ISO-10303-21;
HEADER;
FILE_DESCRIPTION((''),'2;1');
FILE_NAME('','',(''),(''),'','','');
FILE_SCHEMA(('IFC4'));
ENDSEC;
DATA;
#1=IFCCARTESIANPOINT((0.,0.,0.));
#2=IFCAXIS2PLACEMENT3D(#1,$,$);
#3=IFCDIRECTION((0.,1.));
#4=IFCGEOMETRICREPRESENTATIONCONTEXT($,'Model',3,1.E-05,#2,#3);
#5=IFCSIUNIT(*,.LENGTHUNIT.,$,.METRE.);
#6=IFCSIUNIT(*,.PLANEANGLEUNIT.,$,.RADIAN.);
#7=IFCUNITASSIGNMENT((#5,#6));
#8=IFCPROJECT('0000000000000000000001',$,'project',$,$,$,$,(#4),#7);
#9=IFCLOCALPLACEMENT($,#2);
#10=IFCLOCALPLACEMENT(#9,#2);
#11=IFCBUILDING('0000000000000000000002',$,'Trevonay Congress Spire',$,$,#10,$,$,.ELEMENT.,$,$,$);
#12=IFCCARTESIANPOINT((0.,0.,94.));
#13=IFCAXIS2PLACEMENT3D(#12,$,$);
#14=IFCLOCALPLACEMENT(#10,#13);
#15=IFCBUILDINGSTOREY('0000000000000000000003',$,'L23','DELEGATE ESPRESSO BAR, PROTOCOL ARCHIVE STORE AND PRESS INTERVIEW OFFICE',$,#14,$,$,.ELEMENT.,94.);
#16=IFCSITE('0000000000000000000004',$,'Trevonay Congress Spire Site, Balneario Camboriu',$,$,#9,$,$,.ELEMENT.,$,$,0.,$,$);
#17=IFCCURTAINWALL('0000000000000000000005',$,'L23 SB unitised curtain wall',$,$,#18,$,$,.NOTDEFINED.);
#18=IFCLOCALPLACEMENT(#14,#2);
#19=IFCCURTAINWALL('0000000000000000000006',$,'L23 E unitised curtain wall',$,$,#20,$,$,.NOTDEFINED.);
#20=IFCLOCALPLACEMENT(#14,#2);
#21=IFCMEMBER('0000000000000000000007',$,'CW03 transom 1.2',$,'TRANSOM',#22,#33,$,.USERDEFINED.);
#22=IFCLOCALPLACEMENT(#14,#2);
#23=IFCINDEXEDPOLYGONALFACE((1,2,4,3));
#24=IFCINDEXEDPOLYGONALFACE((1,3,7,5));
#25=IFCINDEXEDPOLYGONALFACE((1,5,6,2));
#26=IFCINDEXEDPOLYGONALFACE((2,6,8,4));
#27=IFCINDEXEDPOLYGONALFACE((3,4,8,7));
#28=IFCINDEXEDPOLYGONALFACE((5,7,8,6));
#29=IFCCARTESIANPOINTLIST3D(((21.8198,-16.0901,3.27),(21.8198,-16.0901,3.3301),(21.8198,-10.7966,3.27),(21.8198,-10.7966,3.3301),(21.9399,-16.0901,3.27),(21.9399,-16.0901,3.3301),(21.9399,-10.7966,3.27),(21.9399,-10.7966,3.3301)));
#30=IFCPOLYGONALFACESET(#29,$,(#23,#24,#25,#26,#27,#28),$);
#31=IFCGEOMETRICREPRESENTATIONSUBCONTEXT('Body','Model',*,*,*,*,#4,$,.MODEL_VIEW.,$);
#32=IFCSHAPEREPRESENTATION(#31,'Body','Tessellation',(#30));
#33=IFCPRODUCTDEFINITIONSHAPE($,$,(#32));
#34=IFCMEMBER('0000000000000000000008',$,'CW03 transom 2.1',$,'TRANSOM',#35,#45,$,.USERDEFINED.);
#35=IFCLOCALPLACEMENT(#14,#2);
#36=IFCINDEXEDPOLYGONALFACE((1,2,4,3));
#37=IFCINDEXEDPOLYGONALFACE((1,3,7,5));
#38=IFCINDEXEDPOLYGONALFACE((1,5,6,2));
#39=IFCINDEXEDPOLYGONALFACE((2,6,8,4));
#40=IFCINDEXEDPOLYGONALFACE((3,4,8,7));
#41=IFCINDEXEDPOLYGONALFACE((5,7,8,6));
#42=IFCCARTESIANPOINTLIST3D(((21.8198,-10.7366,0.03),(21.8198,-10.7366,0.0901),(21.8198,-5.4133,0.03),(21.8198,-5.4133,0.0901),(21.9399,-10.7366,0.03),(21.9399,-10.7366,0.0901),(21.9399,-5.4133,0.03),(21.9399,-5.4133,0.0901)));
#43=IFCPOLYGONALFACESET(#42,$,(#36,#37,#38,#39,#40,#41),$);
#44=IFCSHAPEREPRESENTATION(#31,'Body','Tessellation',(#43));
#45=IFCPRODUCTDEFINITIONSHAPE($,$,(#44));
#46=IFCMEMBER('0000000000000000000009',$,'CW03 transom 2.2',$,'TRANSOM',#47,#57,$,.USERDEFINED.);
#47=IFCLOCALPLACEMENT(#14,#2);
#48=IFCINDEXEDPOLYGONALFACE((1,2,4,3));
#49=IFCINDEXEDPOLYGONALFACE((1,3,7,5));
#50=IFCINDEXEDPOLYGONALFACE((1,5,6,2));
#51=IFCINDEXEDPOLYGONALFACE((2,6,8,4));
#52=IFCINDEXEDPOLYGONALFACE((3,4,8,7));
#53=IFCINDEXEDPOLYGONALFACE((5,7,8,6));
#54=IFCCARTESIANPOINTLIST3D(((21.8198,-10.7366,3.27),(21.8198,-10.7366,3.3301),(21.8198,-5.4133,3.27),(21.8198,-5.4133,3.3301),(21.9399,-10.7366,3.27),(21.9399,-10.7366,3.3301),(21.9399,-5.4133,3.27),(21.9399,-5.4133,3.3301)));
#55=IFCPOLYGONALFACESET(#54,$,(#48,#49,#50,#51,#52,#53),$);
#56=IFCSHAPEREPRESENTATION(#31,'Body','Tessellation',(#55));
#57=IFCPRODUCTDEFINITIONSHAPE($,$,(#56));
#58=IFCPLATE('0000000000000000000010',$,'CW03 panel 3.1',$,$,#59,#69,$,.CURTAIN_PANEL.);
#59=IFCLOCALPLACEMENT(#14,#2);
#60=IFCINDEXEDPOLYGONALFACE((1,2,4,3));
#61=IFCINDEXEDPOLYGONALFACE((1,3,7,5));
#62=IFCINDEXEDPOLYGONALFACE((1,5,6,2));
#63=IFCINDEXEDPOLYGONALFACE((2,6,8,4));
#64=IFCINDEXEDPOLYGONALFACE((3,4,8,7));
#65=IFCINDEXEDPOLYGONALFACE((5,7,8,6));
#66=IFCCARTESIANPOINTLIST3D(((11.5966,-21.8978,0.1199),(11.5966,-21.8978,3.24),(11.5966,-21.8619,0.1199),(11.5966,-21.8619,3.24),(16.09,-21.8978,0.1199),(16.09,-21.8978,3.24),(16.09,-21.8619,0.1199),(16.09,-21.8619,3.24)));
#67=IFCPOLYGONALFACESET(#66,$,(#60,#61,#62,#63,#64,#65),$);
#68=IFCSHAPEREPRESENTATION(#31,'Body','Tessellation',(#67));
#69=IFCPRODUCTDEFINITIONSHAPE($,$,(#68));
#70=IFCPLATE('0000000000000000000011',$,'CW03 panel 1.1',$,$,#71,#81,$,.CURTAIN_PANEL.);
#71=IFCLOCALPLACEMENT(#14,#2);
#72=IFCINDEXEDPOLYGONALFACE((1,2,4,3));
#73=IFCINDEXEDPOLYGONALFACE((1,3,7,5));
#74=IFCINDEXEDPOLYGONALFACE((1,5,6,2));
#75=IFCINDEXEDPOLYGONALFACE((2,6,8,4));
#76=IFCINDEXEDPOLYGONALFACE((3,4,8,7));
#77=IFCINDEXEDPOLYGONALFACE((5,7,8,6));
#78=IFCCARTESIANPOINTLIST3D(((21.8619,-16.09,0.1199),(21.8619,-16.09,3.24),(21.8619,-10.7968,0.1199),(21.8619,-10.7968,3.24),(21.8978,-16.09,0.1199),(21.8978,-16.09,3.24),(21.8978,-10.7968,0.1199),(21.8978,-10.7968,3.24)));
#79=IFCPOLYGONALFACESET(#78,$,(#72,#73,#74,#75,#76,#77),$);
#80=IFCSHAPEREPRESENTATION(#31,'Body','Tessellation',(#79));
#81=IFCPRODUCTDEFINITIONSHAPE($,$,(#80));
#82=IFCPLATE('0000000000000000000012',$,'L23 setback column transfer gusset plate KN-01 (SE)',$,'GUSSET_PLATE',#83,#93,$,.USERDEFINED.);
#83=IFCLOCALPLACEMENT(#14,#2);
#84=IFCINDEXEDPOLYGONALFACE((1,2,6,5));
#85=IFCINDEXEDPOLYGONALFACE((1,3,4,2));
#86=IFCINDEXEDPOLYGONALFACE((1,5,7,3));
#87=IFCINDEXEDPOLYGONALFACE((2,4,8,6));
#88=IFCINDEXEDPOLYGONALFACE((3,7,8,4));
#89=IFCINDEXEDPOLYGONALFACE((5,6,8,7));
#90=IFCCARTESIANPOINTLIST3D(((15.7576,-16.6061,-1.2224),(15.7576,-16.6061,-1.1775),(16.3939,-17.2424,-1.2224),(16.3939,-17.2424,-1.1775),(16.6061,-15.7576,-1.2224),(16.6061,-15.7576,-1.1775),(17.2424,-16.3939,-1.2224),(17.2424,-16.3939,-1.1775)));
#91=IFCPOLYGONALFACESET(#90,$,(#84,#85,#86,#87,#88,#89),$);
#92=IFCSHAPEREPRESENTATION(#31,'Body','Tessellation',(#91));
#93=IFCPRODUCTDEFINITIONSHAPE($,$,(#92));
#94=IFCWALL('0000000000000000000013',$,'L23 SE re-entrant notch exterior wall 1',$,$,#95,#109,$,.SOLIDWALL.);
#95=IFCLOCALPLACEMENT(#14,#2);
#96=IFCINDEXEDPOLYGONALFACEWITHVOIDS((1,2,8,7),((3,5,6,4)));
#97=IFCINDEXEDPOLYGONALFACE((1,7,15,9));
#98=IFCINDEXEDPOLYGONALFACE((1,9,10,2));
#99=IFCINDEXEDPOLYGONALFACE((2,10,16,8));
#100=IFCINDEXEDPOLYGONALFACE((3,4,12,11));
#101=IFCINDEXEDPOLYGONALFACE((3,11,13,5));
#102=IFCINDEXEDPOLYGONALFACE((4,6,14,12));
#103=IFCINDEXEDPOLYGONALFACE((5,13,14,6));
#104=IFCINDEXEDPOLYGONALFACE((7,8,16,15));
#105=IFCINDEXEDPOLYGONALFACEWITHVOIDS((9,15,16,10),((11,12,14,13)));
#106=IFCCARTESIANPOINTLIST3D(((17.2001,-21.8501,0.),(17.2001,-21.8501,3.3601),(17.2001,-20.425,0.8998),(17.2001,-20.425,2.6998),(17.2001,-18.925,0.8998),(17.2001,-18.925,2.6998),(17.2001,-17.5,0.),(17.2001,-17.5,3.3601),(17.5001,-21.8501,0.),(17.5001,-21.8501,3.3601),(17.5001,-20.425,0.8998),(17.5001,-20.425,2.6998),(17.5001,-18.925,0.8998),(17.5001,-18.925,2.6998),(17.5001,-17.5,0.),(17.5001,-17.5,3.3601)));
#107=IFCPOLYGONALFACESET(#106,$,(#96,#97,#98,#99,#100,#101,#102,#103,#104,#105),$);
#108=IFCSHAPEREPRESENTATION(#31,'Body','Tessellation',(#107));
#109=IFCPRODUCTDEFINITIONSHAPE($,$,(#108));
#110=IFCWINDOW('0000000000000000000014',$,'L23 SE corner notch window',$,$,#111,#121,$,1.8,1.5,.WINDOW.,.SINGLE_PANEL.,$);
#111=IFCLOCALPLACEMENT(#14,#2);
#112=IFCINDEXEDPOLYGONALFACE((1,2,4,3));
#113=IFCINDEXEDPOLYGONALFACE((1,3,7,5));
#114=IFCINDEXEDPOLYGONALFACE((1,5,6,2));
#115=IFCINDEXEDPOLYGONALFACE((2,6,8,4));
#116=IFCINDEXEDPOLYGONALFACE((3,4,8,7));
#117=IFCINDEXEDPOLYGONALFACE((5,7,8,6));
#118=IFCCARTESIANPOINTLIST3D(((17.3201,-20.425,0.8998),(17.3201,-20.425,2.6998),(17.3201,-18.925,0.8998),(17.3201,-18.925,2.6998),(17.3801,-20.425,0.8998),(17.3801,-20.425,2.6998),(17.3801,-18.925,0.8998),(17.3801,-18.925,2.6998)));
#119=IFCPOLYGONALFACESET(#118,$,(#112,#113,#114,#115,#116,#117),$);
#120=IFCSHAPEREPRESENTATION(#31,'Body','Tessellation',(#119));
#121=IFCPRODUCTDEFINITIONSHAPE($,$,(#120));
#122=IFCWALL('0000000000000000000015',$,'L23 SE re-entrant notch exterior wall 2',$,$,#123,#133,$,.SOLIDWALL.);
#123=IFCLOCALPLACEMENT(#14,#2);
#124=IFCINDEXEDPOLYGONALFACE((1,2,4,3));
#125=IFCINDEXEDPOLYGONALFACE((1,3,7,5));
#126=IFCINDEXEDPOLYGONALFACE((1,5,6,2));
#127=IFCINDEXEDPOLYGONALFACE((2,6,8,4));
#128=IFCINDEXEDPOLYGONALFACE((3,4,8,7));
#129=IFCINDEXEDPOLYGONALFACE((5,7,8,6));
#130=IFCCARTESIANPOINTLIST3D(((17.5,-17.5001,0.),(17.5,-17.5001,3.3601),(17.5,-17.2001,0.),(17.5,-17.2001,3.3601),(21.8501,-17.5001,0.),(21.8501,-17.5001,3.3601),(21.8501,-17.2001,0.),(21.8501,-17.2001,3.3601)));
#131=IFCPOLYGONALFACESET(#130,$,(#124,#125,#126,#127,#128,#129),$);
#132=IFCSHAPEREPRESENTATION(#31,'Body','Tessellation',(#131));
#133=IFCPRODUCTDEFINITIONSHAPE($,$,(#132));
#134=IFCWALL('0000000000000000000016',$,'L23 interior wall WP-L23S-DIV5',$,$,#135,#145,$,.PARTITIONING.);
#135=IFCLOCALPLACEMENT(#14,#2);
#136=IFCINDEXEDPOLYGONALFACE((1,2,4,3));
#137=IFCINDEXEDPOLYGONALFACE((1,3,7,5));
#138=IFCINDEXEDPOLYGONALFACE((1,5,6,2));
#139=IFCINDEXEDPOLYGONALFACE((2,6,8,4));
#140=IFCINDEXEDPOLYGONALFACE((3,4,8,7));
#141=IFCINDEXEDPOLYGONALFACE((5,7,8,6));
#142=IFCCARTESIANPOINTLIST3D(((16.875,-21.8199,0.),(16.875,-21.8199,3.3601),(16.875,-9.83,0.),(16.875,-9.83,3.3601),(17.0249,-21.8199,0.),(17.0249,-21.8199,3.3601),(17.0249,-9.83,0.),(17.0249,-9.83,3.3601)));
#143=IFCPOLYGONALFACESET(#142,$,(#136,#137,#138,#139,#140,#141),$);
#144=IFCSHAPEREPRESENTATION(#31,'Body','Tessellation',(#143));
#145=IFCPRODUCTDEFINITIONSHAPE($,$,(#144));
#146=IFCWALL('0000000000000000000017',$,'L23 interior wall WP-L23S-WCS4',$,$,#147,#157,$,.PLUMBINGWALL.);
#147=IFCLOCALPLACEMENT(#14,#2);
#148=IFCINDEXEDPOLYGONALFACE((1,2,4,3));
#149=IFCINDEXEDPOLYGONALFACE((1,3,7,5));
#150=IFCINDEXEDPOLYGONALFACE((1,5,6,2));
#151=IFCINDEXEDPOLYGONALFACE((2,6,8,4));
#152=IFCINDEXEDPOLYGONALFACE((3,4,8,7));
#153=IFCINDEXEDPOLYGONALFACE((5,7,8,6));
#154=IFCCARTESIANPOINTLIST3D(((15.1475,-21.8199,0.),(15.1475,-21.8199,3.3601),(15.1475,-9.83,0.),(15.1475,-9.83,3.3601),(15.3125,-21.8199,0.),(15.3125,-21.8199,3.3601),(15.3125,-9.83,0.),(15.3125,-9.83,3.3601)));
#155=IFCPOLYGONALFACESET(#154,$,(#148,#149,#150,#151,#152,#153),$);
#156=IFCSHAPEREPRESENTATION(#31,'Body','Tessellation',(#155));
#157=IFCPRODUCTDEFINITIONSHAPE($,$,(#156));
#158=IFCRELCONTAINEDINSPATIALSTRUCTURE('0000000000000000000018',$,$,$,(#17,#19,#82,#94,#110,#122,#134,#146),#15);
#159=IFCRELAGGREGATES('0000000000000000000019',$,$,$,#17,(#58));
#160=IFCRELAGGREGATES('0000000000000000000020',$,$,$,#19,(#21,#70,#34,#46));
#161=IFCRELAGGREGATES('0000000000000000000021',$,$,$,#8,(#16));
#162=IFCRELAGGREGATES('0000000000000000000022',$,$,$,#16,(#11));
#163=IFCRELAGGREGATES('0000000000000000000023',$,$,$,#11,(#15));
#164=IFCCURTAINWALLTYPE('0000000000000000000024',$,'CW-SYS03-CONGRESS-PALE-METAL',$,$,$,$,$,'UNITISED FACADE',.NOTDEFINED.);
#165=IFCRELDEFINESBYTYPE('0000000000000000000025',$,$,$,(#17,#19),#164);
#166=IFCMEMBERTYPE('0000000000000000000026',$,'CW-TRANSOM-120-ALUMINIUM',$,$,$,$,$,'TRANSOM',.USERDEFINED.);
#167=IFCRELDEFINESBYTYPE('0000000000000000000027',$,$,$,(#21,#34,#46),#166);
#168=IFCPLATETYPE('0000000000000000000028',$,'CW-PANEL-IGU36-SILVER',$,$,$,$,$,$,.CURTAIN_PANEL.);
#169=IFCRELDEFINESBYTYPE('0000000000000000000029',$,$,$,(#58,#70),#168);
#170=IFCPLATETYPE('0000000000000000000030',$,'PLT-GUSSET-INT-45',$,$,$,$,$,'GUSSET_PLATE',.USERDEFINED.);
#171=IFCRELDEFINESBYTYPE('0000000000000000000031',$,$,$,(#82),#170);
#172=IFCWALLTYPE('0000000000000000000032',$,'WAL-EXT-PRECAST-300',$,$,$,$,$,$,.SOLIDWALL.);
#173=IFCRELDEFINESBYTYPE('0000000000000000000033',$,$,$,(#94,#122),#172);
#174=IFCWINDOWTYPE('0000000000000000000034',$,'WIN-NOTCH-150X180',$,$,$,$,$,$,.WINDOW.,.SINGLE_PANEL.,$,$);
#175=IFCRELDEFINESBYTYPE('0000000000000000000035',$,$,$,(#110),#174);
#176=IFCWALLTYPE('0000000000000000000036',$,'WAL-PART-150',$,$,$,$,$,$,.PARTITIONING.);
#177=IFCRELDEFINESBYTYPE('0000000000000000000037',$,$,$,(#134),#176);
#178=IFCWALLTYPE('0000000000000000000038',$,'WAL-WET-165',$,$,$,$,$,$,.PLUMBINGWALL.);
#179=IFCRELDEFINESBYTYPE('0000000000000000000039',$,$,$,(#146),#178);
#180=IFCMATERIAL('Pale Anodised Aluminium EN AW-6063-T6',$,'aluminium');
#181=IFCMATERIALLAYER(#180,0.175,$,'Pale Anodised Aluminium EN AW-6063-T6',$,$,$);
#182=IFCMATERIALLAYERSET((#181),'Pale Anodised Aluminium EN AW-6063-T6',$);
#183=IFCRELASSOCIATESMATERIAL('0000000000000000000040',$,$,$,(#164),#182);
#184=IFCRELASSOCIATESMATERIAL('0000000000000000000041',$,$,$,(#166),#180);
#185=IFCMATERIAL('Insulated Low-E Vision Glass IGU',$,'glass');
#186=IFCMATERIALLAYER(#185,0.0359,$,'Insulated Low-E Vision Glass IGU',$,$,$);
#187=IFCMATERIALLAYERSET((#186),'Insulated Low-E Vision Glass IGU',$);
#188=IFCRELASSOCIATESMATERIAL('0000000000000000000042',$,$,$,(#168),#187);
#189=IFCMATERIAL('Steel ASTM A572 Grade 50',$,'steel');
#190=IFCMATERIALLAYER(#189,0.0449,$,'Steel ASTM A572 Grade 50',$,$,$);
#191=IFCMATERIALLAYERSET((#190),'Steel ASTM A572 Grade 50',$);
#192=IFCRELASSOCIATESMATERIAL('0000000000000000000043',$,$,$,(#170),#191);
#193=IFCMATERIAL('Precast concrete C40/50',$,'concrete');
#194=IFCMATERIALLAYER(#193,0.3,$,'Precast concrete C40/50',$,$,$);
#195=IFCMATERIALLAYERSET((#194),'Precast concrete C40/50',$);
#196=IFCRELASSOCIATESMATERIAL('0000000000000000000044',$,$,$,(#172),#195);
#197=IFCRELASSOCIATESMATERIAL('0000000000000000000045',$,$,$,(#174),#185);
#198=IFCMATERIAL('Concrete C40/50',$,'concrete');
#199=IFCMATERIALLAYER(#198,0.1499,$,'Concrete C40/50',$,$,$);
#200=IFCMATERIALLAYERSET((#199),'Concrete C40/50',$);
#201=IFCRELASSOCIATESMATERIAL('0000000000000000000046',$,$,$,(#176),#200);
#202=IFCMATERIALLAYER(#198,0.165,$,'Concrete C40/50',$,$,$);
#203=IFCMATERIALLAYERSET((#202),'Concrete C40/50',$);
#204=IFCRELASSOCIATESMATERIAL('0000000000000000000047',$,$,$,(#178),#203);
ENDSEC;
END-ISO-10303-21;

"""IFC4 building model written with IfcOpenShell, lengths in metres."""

from ifc_helpers import new_model, si_unit, direction, frame, frame_2d, origin, origin_2d, place, context, subcontext, project, spatial, rectangle, extrude, material, layer, layer_set, material_profile, profile_set, type_object, element, fill, aggregate, save


model = new_model("IFC4")

# Units and contexts
model_context = context("Model", 3, precision=1e-05, world=origin(), true_north=direction((0.0, 1.0)))
body_context = subcontext(model_context, "Body", "Model", "MODEL_VIEW")
ifc_project = project(units=[si_unit("LENGTHUNIT", "METRE"), si_unit("PLANEANGLEUNIT", "RADIAN")], contexts=[model_context])

# Site, building, storey
site_placement = place(None, origin())
site = spatial("IfcSite", under=ifc_project, at=site_placement, Name="Trevonay Congress Spire Site, Balneario Camboriu", CompositionType="ELEMENT", RefElevation=0.0)
building_placement = place(site_placement, origin())
building = spatial("IfcBuilding", under=site, at=building_placement, Name="Trevonay Congress Spire", CompositionType="ELEMENT")
storey_placement = place(building_placement, frame((0.0, 0.0, 94.0)))
storey = spatial("IfcBuildingStorey", under=building, at=storey_placement, Name="L23", Description="DELEGATE ESPRESSO BAR, PROTOCOL ARCHIVE STORE AND PRESS INTERVIEW OFFICE", CompositionType="ELEMENT", Elevation=94.0)

# Shared definitions
ifc_material_1 = material(Name="Steel ASTM A572 Grade 50", Category="steel")

# Curtain wall
ifc_material_2 = material(Name="Pale Anodised Aluminium EN AW-6063-T6", Category="aluminium")
ifc_layer_1 = layer(ifc_material_2, 0.175, Name="Pale Anodised Aluminium EN AW-6063-T6")
ifc_layer_set_1 = layer_set([ifc_layer_1], Name="Pale Anodised Aluminium EN AW-6063-T6")
curtain_wall_type = type_object("IfcCurtainWallType", Name="CW-SYS03-CONGRESS-PALE-METAL", ElementType="UNITISED FACADE", PredefinedType="NOTDEFINED", material=ifc_layer_set_1)
curtain_wall_1_placement = place(storey_placement, origin())
curtain_wall_1 = element("IfcCurtainWall", 1, at=curtain_wall_1_placement, inside=storey, type_object=curtain_wall_type, Name="L23 SB unitised curtain wall", PredefinedType="NOTDEFINED")

# Curtain wall, members
curtain_wall_2_placement = place(storey_placement, origin())
curtain_wall_2 = element("IfcCurtainWall", 2, at=curtain_wall_2_placement, inside=storey, type_object=curtain_wall_type, Name="L23 E unitised curtain wall", PredefinedType="NOTDEFINED")
ifc_material_profile_1 = material_profile(ifc_material_2, rectangle(XDim=0.1201, YDim=0.0601, at=origin_2d()), Name="CW-TRANSOM-120-ALUMINIUM")
ifc_profile_set_1 = profile_set([ifc_material_profile_1], Name="Pale Anodised Aluminium EN AW-6063-T6")
member_type_1 = type_object("IfcMemberType", Name="CW-TRANSOM-120-ALUMINIUM", ElementType="TRANSOM", PredefinedType="USERDEFINED", material=ifc_profile_set_1)
member_1_placement = place(storey_placement, frame((21.8799, -16.0901, 3.3), z_axis=(0.0, 1.0, 0.0), x_axis=(-1.0, 0.0, 0.0)))
member_1 = element("IfcMember", 3, at=member_1_placement, type_object=member_type_1, Name="CW03 transom 1.2", ObjectType="TRANSOM", PredefinedType="USERDEFINED", context=body_context, shape_type="SweptSolid", body=[
    extrude(rectangle(XDim=0.1201, YDim=0.0601, at=origin_2d()), origin(), (0.0, 0.0, 1.0), 5.2935),
])
member_2_placement = place(storey_placement, frame((21.8799, -10.7366, 0.0601), z_axis=(0.0, 1.0, 0.0), x_axis=(-1.0, 0.0, 0.0)))
member_2 = element("IfcMember", 4, at=member_2_placement, type_object=member_type_1, Name="CW03 transom 2.1", ObjectType="TRANSOM", PredefinedType="USERDEFINED", context=body_context, shape_type="SweptSolid", body=[
    extrude(rectangle(XDim=0.1201, YDim=0.0601, at=origin_2d()), origin(), (0.0, 0.0, 1.0), 5.3232),
])
member_3_placement = place(storey_placement, frame((21.8799, -10.7366, 3.3), z_axis=(0.0, 1.0, 0.0), x_axis=(-1.0, 0.0, 0.0)))
member_3 = element("IfcMember", 5, at=member_3_placement, type_object=member_type_1, Name="CW03 transom 2.2", ObjectType="TRANSOM", PredefinedType="USERDEFINED", context=body_context, shape_type="SweptSolid", body=[
    extrude(rectangle(XDim=0.1201, YDim=0.0601, at=origin_2d()), origin(), (0.0, 0.0, 1.0), 5.3232),
])

# Plates
ifc_material_3 = material(Name="Insulated Low-E Vision Glass IGU", Category="glass")
ifc_layer_2 = layer(ifc_material_3, 0.0359, Name="Insulated Low-E Vision Glass IGU")
ifc_layer_set_2 = layer_set([ifc_layer_2], Name="Insulated Low-E Vision Glass IGU")
plate_type_1 = type_object("IfcPlateType", Name="CW-PANEL-IGU36-SILVER", PredefinedType="CURTAIN_PANEL", material=ifc_layer_set_2)
plate_1_placement = place(storey_placement, frame((13.8433, -21.8799, 0.1199), z_axis=(0.0, 0.0, 1.0), x_axis=(1.0, 0.0, 0.0)))
plate_1 = element("IfcPlate", 6, at=plate_1_placement, type_object=plate_type_1, Name="CW03 panel 3.1", PredefinedType="CURTAIN_PANEL", context=body_context, shape_type="SweptSolid", body=[
    extrude(rectangle(XDim=4.4934, YDim=0.0359, at=origin_2d()), origin(), (0.0, 0.0, 1.0), 3.1201),
])
aggregate(curtain_wall_1, [plate_1])
plate_2_placement = place(storey_placement, frame((21.8799, -13.4434, 0.1199), z_axis=(0.0, 0.0, 1.0), x_axis=(0.0, 1.0, 0.0)))
plate_2 = element("IfcPlate", 7, at=plate_2_placement, type_object=plate_type_1, Name="CW03 panel 1.1", PredefinedType="CURTAIN_PANEL", context=body_context, shape_type="SweptSolid", body=[
    extrude(rectangle(XDim=5.2932, YDim=0.0359, at=origin_2d()), origin(), (0.0, 0.0, 1.0), 3.1201),
])
aggregate(curtain_wall_2, [member_1, plate_2, member_2, member_3])
ifc_layer_3 = layer(ifc_material_1, 0.0449, Name="Steel ASTM A572 Grade 50")
ifc_layer_set_3 = layer_set([ifc_layer_3], Name="Steel ASTM A572 Grade 50")
plate_type_2 = type_object("IfcPlateType", Name="PLT-GUSSET-INT-45", ElementType="GUSSET_PLATE", PredefinedType="USERDEFINED", material=ifc_layer_set_3)
plate_3_placement = place(storey_placement, frame((16.5, -16.5, -1.2224), z_axis=(0.0, 0.0, 1.0), x_axis=(0.707107, 0.707107, 0.0)))
element("IfcPlate", 8, at=plate_3_placement, inside=storey, type_object=plate_type_2, Name="L23 setback column transfer gusset plate KN-01 (SE)", ObjectType="GUSSET_PLATE", PredefinedType="USERDEFINED", context=body_context, shape_type="SweptSolid", body=[
    extrude(rectangle(XDim=1.2, YDim=0.8999, at=origin_2d()), origin(), (0.0, 0.0, 1.0), 0.0449),
])

# Wall, opening, window
ifc_material_4 = material(Name="Precast concrete C40/50", Category="concrete")
ifc_layer_4 = layer(ifc_material_4, 0.3, Name="Precast concrete C40/50")
ifc_layer_set_4 = layer_set([ifc_layer_4], Name="Precast concrete C40/50")
wall_type_1 = type_object("IfcWallType", Name="WAL-EXT-PRECAST-300", PredefinedType="SOLIDWALL", material=ifc_layer_set_4)
wall_1_placement = place(storey_placement, frame((17.3501, -21.8501, 0.0), z_axis=(0.0, 0.0, 1.0), x_axis=(0.0, 1.0, 0.0)))
wall_1 = element("IfcWall", 9, at=wall_1_placement, inside=storey, type_object=wall_type_1, Name="L23 SE re-entrant notch exterior wall 1", PredefinedType="SOLIDWALL", context=body_context, shape_type="SweptSolid", body=[
    extrude(rectangle(XDim=4.3501, YDim=0.3, at=frame_2d((2.175, 0.0))), origin(), (0.0, 0.0, 1.0), 3.3601),
])
opening_placement = place(wall_1_placement, frame((1.425, 0.0, 0.8999)))
opening = element("IfcOpeningElement", 10, at=opening_placement, cuts=wall_1, PredefinedType="OPENING", context=body_context, shape_type="SweptSolid", body=[
    extrude(rectangle(XDim=1.5, YDim=1.8, at=frame_2d((0.75, 0.8999))), frame((0.0, 0.1602, 0.0), z_axis=(0.0, -1.0, 0.0), x_axis=(1.0, 0.0, 0.0)), (0.0, 0.0, 1.0), 0.3201),
])
window_type = type_object("IfcWindowType", Name="WIN-NOTCH-150X180", PartitioningType="SINGLE_PANEL", PredefinedType="WINDOW", material=ifc_material_3)
window_placement = place(opening_placement, origin())
window = element("IfcWindow", 11, at=window_placement, inside=storey, type_object=window_type, Name="L23 SE corner notch window", OverallHeight=1.8, OverallWidth=1.5, PartitioningType="SINGLE_PANEL", PredefinedType="WINDOW", context=body_context, shape_type="SweptSolid", body=[
    extrude(rectangle(XDim=1.5, YDim=1.8, at=frame_2d((0.75, 0.8999))), frame((0.0, 0.03, 0.0), z_axis=(0.0, -1.0, 0.0), x_axis=(1.0, 0.0, 0.0)), (0.0, 0.0, 1.0), 0.0601),
])
fill(opening, window)

# Walls
wall_2_placement = place(storey_placement, frame((21.8501, -17.3501, 0.0), z_axis=(0.0, 0.0, 1.0), x_axis=(-1.0, 0.0, 0.0)))
element("IfcWall", 12, at=wall_2_placement, inside=storey, type_object=wall_type_1, Name="L23 SE re-entrant notch exterior wall 2", PredefinedType="SOLIDWALL", context=body_context, shape_type="SweptSolid", body=[
    extrude(rectangle(XDim=4.3501, YDim=0.3, at=frame_2d((2.175, 0.0))), origin(), (0.0, 0.0, 1.0), 3.3601),
])
ifc_material_5 = material(Name="Concrete C40/50", Category="concrete")
ifc_layer_5 = layer(ifc_material_5, 0.1499, Name="Concrete C40/50")
ifc_layer_set_5 = layer_set([ifc_layer_5], Name="Concrete C40/50")
wall_type_2 = type_object("IfcWallType", Name="WAL-PART-150", PredefinedType="PARTITIONING", material=ifc_layer_set_5)
wall_3_placement = place(storey_placement, frame((16.95, -21.8201, 0.0), z_axis=(0.0, 0.0, 1.0), x_axis=(0.0, 1.0, 0.0)))
element("IfcWall", 13, at=wall_3_placement, inside=storey, type_object=wall_type_2, Name="L23 interior wall WP-L23S-DIV5", PredefinedType="PARTITIONING", context=body_context, shape_type="SweptSolid", body=[
    extrude(rectangle(XDim=11.99, YDim=0.1499, at=frame_2d((5.9951, 0.0))), origin(), (0.0, 0.0, 1.0), 3.3601),
])
ifc_layer_6 = layer(ifc_material_5, 0.165, Name="Concrete C40/50")
ifc_layer_set_6 = layer_set([ifc_layer_6], Name="Concrete C40/50")
wall_type_3 = type_object("IfcWallType", Name="WAL-WET-165", PredefinedType="PLUMBINGWALL", material=ifc_layer_set_6)
wall_4_placement = place(storey_placement, frame((15.23, -21.8201, 0.0), z_axis=(0.0, 0.0, 1.0), x_axis=(0.0, 1.0, 0.0)))
element("IfcWall", 14, at=wall_4_placement, inside=storey, type_object=wall_type_3, Name="L23 interior wall WP-L23S-WCS4", PredefinedType="PLUMBINGWALL", context=body_context, shape_type="SweptSolid", body=[
    extrude(rectangle(XDim=11.99, YDim=0.165, at=frame_2d((5.9951, 0.0))), origin(), (0.0, 0.0, 1.0), 3.3601),
])

save(model, "model.ifc")
